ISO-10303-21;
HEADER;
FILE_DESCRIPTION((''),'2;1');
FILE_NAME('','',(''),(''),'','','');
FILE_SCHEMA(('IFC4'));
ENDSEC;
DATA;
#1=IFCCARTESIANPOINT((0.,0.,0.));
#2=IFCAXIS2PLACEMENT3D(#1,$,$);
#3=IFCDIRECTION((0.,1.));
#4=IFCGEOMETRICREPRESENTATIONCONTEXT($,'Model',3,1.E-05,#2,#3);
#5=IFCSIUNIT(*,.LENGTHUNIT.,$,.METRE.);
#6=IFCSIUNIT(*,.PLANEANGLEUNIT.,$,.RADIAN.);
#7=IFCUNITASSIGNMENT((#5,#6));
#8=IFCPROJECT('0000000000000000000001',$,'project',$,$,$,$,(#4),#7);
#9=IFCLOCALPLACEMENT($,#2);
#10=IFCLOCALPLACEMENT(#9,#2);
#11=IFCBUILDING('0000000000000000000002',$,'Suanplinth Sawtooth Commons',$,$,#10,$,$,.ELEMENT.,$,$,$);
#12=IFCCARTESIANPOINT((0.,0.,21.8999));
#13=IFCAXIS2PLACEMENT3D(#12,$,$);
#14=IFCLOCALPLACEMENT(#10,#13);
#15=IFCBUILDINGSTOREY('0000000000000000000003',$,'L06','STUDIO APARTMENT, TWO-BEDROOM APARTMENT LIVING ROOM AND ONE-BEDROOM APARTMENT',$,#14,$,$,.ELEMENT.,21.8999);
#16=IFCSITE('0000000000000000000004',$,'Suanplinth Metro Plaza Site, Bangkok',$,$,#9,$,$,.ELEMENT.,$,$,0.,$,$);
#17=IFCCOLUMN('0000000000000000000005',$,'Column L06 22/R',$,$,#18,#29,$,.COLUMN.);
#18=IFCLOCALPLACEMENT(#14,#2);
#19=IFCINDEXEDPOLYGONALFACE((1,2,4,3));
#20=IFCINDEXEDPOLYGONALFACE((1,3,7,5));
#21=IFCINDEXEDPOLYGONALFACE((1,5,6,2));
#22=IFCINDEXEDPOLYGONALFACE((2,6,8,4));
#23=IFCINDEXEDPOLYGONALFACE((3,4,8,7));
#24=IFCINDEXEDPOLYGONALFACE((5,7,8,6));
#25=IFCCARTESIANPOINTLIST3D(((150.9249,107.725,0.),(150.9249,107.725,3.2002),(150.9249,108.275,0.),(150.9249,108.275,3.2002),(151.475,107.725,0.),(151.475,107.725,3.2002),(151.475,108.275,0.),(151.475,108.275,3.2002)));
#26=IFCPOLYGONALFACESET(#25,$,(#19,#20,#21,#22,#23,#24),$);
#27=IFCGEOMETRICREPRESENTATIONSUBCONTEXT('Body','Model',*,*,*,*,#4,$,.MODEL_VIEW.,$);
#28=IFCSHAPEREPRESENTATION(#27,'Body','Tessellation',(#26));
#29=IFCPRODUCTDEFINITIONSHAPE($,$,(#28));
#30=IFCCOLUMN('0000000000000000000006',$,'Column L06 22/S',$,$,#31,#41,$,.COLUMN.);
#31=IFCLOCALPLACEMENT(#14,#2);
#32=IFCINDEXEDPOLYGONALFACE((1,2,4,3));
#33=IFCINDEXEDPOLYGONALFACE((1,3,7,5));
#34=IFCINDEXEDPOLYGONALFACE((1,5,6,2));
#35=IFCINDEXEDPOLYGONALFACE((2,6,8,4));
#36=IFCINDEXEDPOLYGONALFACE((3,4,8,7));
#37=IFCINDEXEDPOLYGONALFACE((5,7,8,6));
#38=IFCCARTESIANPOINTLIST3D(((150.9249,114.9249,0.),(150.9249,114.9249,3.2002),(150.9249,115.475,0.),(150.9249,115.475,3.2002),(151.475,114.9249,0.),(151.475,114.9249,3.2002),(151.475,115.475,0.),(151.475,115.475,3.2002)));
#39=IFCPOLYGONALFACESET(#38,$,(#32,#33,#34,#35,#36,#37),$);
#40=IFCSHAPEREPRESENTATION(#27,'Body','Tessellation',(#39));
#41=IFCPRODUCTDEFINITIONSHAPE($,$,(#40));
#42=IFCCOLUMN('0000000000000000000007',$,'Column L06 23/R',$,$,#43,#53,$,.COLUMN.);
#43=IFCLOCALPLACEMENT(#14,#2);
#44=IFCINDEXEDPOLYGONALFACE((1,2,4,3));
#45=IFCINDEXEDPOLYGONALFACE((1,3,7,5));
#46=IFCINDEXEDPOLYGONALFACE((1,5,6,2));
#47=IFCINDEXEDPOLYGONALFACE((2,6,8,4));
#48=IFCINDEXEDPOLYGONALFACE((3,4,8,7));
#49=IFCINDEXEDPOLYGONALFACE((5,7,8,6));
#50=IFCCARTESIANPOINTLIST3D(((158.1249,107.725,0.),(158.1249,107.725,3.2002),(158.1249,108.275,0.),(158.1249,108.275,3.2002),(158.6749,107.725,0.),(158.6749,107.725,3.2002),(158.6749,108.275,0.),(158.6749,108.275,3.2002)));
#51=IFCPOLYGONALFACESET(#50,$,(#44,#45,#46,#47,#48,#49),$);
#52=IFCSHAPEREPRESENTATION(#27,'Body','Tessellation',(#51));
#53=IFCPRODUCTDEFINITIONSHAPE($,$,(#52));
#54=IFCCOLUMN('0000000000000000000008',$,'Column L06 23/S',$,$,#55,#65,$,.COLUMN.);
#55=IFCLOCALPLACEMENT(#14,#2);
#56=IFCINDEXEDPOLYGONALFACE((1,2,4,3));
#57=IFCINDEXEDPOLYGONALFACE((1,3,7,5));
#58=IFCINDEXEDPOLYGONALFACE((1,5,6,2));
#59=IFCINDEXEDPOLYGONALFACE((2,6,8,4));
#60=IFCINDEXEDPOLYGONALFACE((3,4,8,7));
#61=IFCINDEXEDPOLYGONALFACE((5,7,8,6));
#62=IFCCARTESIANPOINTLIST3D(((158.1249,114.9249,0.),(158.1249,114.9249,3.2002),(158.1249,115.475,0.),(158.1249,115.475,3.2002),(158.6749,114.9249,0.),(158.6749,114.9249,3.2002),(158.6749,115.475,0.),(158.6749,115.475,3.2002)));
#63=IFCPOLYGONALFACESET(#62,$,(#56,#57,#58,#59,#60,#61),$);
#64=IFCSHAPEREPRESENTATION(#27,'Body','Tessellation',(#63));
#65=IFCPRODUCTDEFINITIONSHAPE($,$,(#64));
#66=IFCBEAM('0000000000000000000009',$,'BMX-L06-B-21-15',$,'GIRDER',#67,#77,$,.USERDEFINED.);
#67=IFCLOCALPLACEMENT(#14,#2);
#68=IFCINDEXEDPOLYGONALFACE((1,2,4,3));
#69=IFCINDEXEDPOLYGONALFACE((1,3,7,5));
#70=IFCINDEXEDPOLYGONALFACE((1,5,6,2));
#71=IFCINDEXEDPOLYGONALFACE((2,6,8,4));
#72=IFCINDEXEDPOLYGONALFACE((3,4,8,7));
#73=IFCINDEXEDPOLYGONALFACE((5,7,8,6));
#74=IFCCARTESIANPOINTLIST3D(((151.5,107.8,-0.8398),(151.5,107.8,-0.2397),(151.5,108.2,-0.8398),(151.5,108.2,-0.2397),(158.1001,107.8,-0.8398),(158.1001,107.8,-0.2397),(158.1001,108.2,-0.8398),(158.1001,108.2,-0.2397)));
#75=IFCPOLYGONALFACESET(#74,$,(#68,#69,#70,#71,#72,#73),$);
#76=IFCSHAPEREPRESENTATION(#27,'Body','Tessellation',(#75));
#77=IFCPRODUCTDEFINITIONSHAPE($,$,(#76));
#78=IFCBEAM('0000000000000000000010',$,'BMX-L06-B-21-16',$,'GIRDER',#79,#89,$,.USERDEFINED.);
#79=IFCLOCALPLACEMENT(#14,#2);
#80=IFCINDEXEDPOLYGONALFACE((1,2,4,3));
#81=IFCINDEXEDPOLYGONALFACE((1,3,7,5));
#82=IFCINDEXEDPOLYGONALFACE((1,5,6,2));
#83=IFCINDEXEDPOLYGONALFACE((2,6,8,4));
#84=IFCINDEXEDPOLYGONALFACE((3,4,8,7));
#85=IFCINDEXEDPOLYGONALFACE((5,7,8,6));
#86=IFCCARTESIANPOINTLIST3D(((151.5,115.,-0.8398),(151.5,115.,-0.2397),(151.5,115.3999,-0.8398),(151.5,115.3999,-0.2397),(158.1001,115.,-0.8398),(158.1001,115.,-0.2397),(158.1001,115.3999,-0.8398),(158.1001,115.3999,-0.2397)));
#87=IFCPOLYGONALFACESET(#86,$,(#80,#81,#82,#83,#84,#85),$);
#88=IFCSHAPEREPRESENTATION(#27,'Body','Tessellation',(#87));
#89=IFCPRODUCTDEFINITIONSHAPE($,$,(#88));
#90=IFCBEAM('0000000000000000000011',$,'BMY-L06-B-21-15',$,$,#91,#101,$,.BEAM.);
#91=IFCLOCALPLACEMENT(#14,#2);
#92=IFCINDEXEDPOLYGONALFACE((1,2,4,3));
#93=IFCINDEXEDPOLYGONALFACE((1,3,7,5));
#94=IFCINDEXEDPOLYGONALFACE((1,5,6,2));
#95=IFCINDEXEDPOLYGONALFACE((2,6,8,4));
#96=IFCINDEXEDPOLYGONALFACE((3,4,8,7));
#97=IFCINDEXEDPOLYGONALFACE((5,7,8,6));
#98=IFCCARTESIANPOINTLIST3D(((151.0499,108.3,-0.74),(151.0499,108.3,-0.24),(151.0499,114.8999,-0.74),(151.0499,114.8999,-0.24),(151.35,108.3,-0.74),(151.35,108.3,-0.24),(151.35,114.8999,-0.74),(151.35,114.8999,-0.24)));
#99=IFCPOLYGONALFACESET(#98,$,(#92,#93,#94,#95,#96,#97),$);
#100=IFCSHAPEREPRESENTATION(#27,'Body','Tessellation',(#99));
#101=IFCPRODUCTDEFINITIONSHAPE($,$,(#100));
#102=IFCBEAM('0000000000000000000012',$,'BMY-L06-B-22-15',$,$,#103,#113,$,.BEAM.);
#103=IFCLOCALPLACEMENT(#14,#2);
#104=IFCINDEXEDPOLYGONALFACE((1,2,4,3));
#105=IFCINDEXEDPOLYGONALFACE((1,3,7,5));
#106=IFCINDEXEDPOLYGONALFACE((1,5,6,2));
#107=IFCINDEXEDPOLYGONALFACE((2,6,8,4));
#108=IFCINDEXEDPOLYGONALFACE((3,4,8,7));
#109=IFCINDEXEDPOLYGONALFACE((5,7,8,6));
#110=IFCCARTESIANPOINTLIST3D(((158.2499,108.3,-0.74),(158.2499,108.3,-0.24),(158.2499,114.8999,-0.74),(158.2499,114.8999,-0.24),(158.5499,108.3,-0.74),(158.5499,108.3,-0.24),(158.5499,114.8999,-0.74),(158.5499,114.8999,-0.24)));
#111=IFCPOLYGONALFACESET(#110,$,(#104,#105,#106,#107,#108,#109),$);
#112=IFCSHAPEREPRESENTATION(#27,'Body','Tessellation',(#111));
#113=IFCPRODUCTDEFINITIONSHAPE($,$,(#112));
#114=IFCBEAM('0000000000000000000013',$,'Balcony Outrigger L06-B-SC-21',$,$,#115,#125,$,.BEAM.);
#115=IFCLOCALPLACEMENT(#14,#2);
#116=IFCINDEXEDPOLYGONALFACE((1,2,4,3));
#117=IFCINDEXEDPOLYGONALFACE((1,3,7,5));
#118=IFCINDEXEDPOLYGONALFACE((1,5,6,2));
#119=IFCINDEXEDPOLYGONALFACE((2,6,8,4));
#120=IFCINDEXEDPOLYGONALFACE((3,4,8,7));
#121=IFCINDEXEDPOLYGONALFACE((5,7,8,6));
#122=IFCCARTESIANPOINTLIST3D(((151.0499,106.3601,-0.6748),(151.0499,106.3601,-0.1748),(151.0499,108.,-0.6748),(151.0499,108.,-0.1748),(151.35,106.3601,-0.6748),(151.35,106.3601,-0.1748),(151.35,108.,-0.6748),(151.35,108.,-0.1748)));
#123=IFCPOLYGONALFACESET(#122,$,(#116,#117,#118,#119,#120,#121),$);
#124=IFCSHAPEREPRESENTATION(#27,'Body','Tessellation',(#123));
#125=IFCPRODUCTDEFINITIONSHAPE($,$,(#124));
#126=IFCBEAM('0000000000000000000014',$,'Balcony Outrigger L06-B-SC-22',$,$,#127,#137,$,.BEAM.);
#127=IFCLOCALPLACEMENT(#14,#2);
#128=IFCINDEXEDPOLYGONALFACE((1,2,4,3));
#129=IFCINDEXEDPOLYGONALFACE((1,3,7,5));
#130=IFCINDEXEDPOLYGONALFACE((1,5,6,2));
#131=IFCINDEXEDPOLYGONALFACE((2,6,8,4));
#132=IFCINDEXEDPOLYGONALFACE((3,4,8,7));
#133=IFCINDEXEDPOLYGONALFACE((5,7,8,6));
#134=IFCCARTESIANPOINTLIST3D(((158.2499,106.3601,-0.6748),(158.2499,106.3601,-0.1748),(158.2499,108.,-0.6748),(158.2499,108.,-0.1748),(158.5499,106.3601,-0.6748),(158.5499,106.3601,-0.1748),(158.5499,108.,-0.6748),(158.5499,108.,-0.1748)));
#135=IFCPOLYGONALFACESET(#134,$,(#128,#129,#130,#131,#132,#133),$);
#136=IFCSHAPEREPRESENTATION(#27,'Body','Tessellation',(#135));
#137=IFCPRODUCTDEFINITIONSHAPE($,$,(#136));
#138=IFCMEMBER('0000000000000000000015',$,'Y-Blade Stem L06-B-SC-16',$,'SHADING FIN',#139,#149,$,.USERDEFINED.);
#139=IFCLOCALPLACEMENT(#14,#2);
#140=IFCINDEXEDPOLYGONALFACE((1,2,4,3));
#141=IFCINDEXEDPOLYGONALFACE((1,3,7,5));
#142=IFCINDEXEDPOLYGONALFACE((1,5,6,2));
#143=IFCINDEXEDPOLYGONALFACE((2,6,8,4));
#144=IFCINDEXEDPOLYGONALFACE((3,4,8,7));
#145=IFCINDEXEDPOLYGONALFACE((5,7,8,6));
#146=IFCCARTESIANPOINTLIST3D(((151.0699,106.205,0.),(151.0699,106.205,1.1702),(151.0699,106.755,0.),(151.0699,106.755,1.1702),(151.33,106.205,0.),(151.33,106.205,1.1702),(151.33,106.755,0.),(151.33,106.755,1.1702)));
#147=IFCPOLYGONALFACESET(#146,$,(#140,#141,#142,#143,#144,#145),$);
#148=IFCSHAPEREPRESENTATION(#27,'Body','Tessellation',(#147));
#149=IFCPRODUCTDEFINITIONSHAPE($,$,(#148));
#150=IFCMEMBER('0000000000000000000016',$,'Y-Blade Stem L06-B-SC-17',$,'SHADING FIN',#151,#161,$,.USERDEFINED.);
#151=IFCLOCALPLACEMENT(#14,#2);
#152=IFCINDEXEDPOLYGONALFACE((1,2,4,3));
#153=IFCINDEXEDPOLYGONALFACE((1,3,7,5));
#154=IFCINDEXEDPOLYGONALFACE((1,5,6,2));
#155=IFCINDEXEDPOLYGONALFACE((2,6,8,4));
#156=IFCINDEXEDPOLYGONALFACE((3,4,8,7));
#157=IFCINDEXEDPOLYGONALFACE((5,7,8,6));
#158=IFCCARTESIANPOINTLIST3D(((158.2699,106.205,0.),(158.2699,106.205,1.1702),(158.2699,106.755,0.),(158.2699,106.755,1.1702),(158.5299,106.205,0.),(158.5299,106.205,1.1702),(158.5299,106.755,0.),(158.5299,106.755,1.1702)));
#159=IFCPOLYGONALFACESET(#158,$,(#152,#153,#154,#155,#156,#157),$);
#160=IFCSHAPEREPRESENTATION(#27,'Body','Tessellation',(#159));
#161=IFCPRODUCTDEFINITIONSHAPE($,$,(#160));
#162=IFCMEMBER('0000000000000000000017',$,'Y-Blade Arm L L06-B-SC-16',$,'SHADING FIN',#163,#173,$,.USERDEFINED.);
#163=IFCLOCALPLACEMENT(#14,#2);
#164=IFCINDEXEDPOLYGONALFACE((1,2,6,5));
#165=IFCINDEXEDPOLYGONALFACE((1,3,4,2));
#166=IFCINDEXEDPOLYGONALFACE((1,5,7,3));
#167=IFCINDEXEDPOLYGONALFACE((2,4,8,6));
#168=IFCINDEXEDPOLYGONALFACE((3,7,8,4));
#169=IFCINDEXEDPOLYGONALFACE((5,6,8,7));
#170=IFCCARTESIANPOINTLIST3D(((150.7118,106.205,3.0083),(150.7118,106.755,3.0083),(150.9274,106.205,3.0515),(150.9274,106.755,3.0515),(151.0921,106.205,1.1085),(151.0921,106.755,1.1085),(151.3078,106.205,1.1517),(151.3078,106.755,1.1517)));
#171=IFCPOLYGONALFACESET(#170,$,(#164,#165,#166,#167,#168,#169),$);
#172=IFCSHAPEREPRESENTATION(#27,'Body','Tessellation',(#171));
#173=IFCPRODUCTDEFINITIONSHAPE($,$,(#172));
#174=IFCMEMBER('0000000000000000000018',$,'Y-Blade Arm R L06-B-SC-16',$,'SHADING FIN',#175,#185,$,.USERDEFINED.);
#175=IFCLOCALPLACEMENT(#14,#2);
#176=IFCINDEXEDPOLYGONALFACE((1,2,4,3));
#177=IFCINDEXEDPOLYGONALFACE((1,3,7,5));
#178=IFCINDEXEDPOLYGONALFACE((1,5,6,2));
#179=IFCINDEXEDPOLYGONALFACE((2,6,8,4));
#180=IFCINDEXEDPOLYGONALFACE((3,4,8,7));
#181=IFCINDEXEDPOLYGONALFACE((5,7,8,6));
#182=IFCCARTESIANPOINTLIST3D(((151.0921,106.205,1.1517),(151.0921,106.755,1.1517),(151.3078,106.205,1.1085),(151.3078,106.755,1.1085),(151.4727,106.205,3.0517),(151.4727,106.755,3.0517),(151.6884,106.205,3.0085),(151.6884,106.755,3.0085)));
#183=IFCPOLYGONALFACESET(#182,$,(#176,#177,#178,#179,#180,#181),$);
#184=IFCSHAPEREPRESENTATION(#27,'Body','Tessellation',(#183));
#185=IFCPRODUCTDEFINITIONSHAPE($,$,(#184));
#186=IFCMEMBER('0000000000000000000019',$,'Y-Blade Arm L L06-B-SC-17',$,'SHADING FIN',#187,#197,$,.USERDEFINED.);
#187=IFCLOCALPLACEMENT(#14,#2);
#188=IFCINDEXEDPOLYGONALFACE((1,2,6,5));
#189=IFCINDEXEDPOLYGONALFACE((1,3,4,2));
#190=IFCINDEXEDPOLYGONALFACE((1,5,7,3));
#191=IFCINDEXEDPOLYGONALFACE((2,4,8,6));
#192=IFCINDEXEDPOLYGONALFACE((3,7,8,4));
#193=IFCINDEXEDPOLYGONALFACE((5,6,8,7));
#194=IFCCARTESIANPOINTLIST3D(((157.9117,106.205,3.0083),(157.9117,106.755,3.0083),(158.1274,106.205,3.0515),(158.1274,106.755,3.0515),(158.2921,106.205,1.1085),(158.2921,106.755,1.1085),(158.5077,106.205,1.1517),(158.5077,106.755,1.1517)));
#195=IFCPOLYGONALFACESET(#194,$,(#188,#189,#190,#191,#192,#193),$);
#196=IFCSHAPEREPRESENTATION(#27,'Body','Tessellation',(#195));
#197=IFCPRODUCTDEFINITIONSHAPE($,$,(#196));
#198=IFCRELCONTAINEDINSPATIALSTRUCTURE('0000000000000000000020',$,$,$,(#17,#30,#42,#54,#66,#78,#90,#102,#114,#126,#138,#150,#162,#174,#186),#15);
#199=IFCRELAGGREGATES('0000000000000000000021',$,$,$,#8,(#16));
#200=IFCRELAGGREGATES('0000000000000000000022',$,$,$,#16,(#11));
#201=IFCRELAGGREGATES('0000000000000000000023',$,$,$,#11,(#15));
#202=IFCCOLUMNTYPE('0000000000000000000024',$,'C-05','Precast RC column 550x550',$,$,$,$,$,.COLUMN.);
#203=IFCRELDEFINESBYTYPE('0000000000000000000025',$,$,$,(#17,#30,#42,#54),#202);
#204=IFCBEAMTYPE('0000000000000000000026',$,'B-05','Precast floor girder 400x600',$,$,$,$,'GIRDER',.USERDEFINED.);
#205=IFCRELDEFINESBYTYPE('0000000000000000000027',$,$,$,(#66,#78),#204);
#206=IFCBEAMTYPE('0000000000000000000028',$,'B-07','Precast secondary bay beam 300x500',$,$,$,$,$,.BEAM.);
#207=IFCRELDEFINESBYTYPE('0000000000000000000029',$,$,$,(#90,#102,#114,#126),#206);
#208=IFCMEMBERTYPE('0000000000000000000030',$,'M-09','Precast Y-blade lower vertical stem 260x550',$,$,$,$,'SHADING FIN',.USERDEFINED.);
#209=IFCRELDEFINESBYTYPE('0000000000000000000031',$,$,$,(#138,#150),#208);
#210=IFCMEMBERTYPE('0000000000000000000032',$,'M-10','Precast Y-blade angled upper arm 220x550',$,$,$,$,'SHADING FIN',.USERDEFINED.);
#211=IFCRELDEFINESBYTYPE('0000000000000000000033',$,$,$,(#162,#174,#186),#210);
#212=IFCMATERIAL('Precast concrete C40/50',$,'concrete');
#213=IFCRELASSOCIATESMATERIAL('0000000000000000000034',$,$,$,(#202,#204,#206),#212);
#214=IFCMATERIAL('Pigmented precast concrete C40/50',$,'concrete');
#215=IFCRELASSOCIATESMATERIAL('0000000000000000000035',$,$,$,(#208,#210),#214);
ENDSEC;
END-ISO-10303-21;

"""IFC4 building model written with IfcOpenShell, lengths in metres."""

from ifc_helpers import new_model, si_unit, direction, frame, origin, origin_2d, place, context, subcontext, project, spatial, rectangle, extrude, material, material_profile, profile_set, type_object, element, save


model = new_model("IFC4")

# Units and contexts
model_context = context("Model", 3, precision=1e-05, world=origin(), true_north=direction((0.0, 1.0)))
body_context = subcontext(model_context, "Body", "Model", "MODEL_VIEW")
ifc_project = project(units=[si_unit("LENGTHUNIT", "METRE"), si_unit("PLANEANGLEUNIT", "RADIAN")], contexts=[model_context])

# Site, building, storey
site_placement = place(None, origin())
site = spatial("IfcSite", under=ifc_project, at=site_placement, Name="Suanplinth Metro Plaza Site, Bangkok", CompositionType="ELEMENT", RefElevation=0.0)
building_placement = place(site_placement, origin())
building = spatial("IfcBuilding", under=site, at=building_placement, Name="Suanplinth Sawtooth Commons", CompositionType="ELEMENT")
storey_placement = place(building_placement, frame((0.0, 0.0, 21.8999)))
storey = spatial("IfcBuildingStorey", under=building, at=storey_placement, Name="L06", Description="STUDIO APARTMENT, TWO-BEDROOM APARTMENT LIVING ROOM AND ONE-BEDROOM APARTMENT", CompositionType="ELEMENT", Elevation=21.8999)

# Columns
ifc_material_1 = material(Name="Precast concrete C40/50", Category="concrete")
ifc_material_profile_1 = material_profile(ifc_material_1, rectangle(XDim=0.55, YDim=0.55, at=origin_2d()), Name="PC-COL 550x550")
ifc_profile_set_1 = profile_set([ifc_material_profile_1], Name="Precast concrete C40/50")
column_type = type_object("IfcColumnType", Name="C-05", Description="Precast RC column 550x550", PredefinedType="COLUMN", material=ifc_profile_set_1)
for number, where, z_axis, x_axis, name in (
    (1, (151.2, 108.0, 0.0), (0.0, 0.0, 1.0), (1.0, 0.0, 0.0), "Column L06 22/R"),
    (2, (151.2, 115.2, 0.0), (0.0, 0.0, 1.0), (1.0, 0.0, 0.0), "Column L06 22/S"),
    (3, (158.3999, 108.0, 0.0), (0.0, 0.0, 1.0), (1.0, 0.0, 0.0), "Column L06 23/R"),
    (4, (158.3999, 115.2, 0.0), (0.0, 0.0, 1.0), (1.0, 0.0, 0.0), "Column L06 23/S"),
):
    element("IfcColumn", number, at=place(storey_placement, frame(where, z_axis=z_axis, x_axis=x_axis)), inside=storey, type_object=column_type, Name=name, PredefinedType="COLUMN", context=body_context, shape_type="SweptSolid", body=[
        extrude(rectangle(XDim=0.55, YDim=0.55, at=origin_2d()), origin(), (0.0, 0.0, 1.0), 3.2002),
    ])

# Beams
ifc_material_profile_2 = material_profile(ifc_material_1, rectangle(XDim=0.3999, YDim=0.6001, at=origin_2d()), Name="PC-GDR 400x600")
ifc_profile_set_2 = profile_set([ifc_material_profile_2], Name="Precast concrete C40/50")
beam_type_1 = type_object("IfcBeamType", Name="B-05", Description="Precast floor girder 400x600", ElementType="GIRDER", PredefinedType="USERDEFINED", material=ifc_profile_set_2)
for number, where, z_axis, x_axis, name in (
    (5, (151.5, 108.0, -0.5398), (1.0, 0.0, 0.0), (0.0, 1.0, 0.0), "BMX-L06-B-21-15"),
    (6, (151.5, 115.2, -0.5398), (1.0, 0.0, 0.0), (0.0, 1.0, 0.0), "BMX-L06-B-21-16"),
):
    element("IfcBeam", number, at=place(storey_placement, frame(where, z_axis=z_axis, x_axis=x_axis)), inside=storey, type_object=beam_type_1, Name=name, ObjectType="GIRDER", PredefinedType="USERDEFINED", context=body_context, shape_type="SweptSolid", body=[
        extrude(rectangle(XDim=0.3999, YDim=0.6001, at=origin_2d()), origin(), (0.0, 0.0, 1.0), 6.6001),
    ])
ifc_material_profile_3 = material_profile(ifc_material_1, rectangle(XDim=0.3, YDim=0.5, at=origin_2d()), Name="PC-BM 300x500")
ifc_profile_set_3 = profile_set([ifc_material_profile_3], Name="Precast concrete C40/50")
beam_type_2 = type_object("IfcBeamType", Name="B-07", Description="Precast secondary bay beam 300x500", PredefinedType="BEAM", material=ifc_profile_set_3)
for number, where, z_axis, x_axis, name in (
    (7, (151.2, 108.3, -0.49), (0.0, 1.0, 0.0), (-1.0, 0.0, 0.0), "BMY-L06-B-21-15"),
    (8, (158.3999, 108.3, -0.49), (0.0, 1.0, 0.0), (-1.0, 0.0, 0.0), "BMY-L06-B-22-15"),
):
    element("IfcBeam", number, at=place(storey_placement, frame(where, z_axis=z_axis, x_axis=x_axis)), inside=storey, type_object=beam_type_2, Name=name, PredefinedType="BEAM", context=body_context, shape_type="SweptSolid", body=[
        extrude(rectangle(XDim=0.3, YDim=0.5, at=origin_2d()), origin(), (0.0, 0.0, 1.0), 6.5999),
    ])
for number, where, z_axis, x_axis, name in (
    (9, (151.2, 108.0, -0.4248), (0.0, -1.0, 0.0), (1.0, 0.0, 0.0), "Balcony Outrigger L06-B-SC-21"),
    (10, (158.3999, 108.0, -0.4248), (0.0, -1.0, 0.0), (1.0, 0.0, 0.0), "Balcony Outrigger L06-B-SC-22"),
):
    element("IfcBeam", number, at=place(storey_placement, frame(where, z_axis=z_axis, x_axis=x_axis)), inside=storey, type_object=beam_type_2, Name=name, PredefinedType="BEAM", context=body_context, shape_type="SweptSolid", body=[
        extrude(rectangle(XDim=0.3, YDim=0.5, at=origin_2d()), origin(), (0.0, 0.0, 1.0), 1.6399),
    ])

# Members
ifc_material_2 = material(Name="Pigmented precast concrete C40/50", Category="concrete")
ifc_material_profile_4 = material_profile(ifc_material_2, rectangle(XDim=0.26, YDim=0.55, at=origin_2d()), Name="PC-FIN 260x550")
ifc_profile_set_4 = profile_set([ifc_material_profile_4], Name="Pigmented precast concrete C40/50")
member_type_1 = type_object("IfcMemberType", Name="M-09", Description="Precast Y-blade lower vertical stem 260x550", ElementType="SHADING FIN", PredefinedType="USERDEFINED", material=ifc_profile_set_4)
for number, where, z_axis, x_axis, name in (
    (11, (151.2, 106.48, 0.0), (0.0, 0.0, 1.0), (1.0, 0.0, 0.0), "Y-Blade Stem L06-B-SC-16"),
    (12, (158.3999, 106.48, 0.0), (0.0, 0.0, 1.0), (1.0, 0.0, 0.0), "Y-Blade Stem L06-B-SC-17"),
):
    element("IfcMember", number, at=place(storey_placement, frame(where, z_axis=z_axis, x_axis=x_axis)), inside=storey, type_object=member_type_1, Name=name, ObjectType="SHADING FIN", PredefinedType="USERDEFINED", context=body_context, shape_type="SweptSolid", body=[
        extrude(rectangle(XDim=0.26, YDim=0.55, at=origin_2d()), origin(), (0.0, 0.0, 1.0), 1.1702),
    ])
ifc_material_profile_5 = material_profile(ifc_material_2, rectangle(XDim=0.22, YDim=0.55, at=origin_2d()), Name="PC-FIN 220x550")
ifc_profile_set_5 = profile_set([ifc_material_profile_5], Name="Pigmented precast concrete C40/50")
member_type_2 = type_object("IfcMemberType", Name="M-10", Description="Precast Y-blade angled upper arm 220x550", ElementType="SHADING FIN", PredefinedType="USERDEFINED", material=ifc_profile_set_5)
member_1_placement = place(storey_placement, frame((151.2, 106.48, 1.1301), z_axis=(-0.19631, 0.0, 0.980542), x_axis=(0.980542, 0.0, 0.19631)))
element("IfcMember", 13, at=member_1_placement, inside=storey, type_object=member_type_2, Name="Y-Blade Arm L L06-B-SC-16", ObjectType="SHADING FIN", PredefinedType="USERDEFINED", context=body_context, shape_type="SweptSolid", body=[
    extrude(rectangle(XDim=0.22, YDim=0.55, at=origin_2d()), origin(), (0.0, 0.0, 1.0), 1.9375),
])
member_2_placement = place(storey_placement, frame((151.2, 106.48, 1.1301), z_axis=(0.196431, 0.0, 0.980518), x_axis=(-0.980518, 0.0, 0.196431)))
element("IfcMember", 14, at=member_2_placement, inside=storey, type_object=member_type_2, Name="Y-Blade Arm R L06-B-SC-16", ObjectType="SHADING FIN", PredefinedType="USERDEFINED", context=body_context, shape_type="SweptSolid", body=[
    extrude(rectangle(XDim=0.22, YDim=0.55, at=origin_2d()), origin(), (0.0, 0.0, 1.0), 1.9377),
])
member_3_placement = place(storey_placement, frame((158.3999, 106.48, 1.1301), z_axis=(-0.19631, 0.0, 0.980542), x_axis=(0.980542, 0.0, 0.19631)))
element("IfcMember", 15, at=member_3_placement, inside=storey, type_object=member_type_2, Name="Y-Blade Arm L L06-B-SC-17", ObjectType="SHADING FIN", PredefinedType="USERDEFINED", context=body_context, shape_type="SweptSolid", body=[
    extrude(rectangle(XDim=0.22, YDim=0.55, at=origin_2d()), origin(), (0.0, 0.0, 1.0), 1.9375),
])

save(model, "model.ifc")
